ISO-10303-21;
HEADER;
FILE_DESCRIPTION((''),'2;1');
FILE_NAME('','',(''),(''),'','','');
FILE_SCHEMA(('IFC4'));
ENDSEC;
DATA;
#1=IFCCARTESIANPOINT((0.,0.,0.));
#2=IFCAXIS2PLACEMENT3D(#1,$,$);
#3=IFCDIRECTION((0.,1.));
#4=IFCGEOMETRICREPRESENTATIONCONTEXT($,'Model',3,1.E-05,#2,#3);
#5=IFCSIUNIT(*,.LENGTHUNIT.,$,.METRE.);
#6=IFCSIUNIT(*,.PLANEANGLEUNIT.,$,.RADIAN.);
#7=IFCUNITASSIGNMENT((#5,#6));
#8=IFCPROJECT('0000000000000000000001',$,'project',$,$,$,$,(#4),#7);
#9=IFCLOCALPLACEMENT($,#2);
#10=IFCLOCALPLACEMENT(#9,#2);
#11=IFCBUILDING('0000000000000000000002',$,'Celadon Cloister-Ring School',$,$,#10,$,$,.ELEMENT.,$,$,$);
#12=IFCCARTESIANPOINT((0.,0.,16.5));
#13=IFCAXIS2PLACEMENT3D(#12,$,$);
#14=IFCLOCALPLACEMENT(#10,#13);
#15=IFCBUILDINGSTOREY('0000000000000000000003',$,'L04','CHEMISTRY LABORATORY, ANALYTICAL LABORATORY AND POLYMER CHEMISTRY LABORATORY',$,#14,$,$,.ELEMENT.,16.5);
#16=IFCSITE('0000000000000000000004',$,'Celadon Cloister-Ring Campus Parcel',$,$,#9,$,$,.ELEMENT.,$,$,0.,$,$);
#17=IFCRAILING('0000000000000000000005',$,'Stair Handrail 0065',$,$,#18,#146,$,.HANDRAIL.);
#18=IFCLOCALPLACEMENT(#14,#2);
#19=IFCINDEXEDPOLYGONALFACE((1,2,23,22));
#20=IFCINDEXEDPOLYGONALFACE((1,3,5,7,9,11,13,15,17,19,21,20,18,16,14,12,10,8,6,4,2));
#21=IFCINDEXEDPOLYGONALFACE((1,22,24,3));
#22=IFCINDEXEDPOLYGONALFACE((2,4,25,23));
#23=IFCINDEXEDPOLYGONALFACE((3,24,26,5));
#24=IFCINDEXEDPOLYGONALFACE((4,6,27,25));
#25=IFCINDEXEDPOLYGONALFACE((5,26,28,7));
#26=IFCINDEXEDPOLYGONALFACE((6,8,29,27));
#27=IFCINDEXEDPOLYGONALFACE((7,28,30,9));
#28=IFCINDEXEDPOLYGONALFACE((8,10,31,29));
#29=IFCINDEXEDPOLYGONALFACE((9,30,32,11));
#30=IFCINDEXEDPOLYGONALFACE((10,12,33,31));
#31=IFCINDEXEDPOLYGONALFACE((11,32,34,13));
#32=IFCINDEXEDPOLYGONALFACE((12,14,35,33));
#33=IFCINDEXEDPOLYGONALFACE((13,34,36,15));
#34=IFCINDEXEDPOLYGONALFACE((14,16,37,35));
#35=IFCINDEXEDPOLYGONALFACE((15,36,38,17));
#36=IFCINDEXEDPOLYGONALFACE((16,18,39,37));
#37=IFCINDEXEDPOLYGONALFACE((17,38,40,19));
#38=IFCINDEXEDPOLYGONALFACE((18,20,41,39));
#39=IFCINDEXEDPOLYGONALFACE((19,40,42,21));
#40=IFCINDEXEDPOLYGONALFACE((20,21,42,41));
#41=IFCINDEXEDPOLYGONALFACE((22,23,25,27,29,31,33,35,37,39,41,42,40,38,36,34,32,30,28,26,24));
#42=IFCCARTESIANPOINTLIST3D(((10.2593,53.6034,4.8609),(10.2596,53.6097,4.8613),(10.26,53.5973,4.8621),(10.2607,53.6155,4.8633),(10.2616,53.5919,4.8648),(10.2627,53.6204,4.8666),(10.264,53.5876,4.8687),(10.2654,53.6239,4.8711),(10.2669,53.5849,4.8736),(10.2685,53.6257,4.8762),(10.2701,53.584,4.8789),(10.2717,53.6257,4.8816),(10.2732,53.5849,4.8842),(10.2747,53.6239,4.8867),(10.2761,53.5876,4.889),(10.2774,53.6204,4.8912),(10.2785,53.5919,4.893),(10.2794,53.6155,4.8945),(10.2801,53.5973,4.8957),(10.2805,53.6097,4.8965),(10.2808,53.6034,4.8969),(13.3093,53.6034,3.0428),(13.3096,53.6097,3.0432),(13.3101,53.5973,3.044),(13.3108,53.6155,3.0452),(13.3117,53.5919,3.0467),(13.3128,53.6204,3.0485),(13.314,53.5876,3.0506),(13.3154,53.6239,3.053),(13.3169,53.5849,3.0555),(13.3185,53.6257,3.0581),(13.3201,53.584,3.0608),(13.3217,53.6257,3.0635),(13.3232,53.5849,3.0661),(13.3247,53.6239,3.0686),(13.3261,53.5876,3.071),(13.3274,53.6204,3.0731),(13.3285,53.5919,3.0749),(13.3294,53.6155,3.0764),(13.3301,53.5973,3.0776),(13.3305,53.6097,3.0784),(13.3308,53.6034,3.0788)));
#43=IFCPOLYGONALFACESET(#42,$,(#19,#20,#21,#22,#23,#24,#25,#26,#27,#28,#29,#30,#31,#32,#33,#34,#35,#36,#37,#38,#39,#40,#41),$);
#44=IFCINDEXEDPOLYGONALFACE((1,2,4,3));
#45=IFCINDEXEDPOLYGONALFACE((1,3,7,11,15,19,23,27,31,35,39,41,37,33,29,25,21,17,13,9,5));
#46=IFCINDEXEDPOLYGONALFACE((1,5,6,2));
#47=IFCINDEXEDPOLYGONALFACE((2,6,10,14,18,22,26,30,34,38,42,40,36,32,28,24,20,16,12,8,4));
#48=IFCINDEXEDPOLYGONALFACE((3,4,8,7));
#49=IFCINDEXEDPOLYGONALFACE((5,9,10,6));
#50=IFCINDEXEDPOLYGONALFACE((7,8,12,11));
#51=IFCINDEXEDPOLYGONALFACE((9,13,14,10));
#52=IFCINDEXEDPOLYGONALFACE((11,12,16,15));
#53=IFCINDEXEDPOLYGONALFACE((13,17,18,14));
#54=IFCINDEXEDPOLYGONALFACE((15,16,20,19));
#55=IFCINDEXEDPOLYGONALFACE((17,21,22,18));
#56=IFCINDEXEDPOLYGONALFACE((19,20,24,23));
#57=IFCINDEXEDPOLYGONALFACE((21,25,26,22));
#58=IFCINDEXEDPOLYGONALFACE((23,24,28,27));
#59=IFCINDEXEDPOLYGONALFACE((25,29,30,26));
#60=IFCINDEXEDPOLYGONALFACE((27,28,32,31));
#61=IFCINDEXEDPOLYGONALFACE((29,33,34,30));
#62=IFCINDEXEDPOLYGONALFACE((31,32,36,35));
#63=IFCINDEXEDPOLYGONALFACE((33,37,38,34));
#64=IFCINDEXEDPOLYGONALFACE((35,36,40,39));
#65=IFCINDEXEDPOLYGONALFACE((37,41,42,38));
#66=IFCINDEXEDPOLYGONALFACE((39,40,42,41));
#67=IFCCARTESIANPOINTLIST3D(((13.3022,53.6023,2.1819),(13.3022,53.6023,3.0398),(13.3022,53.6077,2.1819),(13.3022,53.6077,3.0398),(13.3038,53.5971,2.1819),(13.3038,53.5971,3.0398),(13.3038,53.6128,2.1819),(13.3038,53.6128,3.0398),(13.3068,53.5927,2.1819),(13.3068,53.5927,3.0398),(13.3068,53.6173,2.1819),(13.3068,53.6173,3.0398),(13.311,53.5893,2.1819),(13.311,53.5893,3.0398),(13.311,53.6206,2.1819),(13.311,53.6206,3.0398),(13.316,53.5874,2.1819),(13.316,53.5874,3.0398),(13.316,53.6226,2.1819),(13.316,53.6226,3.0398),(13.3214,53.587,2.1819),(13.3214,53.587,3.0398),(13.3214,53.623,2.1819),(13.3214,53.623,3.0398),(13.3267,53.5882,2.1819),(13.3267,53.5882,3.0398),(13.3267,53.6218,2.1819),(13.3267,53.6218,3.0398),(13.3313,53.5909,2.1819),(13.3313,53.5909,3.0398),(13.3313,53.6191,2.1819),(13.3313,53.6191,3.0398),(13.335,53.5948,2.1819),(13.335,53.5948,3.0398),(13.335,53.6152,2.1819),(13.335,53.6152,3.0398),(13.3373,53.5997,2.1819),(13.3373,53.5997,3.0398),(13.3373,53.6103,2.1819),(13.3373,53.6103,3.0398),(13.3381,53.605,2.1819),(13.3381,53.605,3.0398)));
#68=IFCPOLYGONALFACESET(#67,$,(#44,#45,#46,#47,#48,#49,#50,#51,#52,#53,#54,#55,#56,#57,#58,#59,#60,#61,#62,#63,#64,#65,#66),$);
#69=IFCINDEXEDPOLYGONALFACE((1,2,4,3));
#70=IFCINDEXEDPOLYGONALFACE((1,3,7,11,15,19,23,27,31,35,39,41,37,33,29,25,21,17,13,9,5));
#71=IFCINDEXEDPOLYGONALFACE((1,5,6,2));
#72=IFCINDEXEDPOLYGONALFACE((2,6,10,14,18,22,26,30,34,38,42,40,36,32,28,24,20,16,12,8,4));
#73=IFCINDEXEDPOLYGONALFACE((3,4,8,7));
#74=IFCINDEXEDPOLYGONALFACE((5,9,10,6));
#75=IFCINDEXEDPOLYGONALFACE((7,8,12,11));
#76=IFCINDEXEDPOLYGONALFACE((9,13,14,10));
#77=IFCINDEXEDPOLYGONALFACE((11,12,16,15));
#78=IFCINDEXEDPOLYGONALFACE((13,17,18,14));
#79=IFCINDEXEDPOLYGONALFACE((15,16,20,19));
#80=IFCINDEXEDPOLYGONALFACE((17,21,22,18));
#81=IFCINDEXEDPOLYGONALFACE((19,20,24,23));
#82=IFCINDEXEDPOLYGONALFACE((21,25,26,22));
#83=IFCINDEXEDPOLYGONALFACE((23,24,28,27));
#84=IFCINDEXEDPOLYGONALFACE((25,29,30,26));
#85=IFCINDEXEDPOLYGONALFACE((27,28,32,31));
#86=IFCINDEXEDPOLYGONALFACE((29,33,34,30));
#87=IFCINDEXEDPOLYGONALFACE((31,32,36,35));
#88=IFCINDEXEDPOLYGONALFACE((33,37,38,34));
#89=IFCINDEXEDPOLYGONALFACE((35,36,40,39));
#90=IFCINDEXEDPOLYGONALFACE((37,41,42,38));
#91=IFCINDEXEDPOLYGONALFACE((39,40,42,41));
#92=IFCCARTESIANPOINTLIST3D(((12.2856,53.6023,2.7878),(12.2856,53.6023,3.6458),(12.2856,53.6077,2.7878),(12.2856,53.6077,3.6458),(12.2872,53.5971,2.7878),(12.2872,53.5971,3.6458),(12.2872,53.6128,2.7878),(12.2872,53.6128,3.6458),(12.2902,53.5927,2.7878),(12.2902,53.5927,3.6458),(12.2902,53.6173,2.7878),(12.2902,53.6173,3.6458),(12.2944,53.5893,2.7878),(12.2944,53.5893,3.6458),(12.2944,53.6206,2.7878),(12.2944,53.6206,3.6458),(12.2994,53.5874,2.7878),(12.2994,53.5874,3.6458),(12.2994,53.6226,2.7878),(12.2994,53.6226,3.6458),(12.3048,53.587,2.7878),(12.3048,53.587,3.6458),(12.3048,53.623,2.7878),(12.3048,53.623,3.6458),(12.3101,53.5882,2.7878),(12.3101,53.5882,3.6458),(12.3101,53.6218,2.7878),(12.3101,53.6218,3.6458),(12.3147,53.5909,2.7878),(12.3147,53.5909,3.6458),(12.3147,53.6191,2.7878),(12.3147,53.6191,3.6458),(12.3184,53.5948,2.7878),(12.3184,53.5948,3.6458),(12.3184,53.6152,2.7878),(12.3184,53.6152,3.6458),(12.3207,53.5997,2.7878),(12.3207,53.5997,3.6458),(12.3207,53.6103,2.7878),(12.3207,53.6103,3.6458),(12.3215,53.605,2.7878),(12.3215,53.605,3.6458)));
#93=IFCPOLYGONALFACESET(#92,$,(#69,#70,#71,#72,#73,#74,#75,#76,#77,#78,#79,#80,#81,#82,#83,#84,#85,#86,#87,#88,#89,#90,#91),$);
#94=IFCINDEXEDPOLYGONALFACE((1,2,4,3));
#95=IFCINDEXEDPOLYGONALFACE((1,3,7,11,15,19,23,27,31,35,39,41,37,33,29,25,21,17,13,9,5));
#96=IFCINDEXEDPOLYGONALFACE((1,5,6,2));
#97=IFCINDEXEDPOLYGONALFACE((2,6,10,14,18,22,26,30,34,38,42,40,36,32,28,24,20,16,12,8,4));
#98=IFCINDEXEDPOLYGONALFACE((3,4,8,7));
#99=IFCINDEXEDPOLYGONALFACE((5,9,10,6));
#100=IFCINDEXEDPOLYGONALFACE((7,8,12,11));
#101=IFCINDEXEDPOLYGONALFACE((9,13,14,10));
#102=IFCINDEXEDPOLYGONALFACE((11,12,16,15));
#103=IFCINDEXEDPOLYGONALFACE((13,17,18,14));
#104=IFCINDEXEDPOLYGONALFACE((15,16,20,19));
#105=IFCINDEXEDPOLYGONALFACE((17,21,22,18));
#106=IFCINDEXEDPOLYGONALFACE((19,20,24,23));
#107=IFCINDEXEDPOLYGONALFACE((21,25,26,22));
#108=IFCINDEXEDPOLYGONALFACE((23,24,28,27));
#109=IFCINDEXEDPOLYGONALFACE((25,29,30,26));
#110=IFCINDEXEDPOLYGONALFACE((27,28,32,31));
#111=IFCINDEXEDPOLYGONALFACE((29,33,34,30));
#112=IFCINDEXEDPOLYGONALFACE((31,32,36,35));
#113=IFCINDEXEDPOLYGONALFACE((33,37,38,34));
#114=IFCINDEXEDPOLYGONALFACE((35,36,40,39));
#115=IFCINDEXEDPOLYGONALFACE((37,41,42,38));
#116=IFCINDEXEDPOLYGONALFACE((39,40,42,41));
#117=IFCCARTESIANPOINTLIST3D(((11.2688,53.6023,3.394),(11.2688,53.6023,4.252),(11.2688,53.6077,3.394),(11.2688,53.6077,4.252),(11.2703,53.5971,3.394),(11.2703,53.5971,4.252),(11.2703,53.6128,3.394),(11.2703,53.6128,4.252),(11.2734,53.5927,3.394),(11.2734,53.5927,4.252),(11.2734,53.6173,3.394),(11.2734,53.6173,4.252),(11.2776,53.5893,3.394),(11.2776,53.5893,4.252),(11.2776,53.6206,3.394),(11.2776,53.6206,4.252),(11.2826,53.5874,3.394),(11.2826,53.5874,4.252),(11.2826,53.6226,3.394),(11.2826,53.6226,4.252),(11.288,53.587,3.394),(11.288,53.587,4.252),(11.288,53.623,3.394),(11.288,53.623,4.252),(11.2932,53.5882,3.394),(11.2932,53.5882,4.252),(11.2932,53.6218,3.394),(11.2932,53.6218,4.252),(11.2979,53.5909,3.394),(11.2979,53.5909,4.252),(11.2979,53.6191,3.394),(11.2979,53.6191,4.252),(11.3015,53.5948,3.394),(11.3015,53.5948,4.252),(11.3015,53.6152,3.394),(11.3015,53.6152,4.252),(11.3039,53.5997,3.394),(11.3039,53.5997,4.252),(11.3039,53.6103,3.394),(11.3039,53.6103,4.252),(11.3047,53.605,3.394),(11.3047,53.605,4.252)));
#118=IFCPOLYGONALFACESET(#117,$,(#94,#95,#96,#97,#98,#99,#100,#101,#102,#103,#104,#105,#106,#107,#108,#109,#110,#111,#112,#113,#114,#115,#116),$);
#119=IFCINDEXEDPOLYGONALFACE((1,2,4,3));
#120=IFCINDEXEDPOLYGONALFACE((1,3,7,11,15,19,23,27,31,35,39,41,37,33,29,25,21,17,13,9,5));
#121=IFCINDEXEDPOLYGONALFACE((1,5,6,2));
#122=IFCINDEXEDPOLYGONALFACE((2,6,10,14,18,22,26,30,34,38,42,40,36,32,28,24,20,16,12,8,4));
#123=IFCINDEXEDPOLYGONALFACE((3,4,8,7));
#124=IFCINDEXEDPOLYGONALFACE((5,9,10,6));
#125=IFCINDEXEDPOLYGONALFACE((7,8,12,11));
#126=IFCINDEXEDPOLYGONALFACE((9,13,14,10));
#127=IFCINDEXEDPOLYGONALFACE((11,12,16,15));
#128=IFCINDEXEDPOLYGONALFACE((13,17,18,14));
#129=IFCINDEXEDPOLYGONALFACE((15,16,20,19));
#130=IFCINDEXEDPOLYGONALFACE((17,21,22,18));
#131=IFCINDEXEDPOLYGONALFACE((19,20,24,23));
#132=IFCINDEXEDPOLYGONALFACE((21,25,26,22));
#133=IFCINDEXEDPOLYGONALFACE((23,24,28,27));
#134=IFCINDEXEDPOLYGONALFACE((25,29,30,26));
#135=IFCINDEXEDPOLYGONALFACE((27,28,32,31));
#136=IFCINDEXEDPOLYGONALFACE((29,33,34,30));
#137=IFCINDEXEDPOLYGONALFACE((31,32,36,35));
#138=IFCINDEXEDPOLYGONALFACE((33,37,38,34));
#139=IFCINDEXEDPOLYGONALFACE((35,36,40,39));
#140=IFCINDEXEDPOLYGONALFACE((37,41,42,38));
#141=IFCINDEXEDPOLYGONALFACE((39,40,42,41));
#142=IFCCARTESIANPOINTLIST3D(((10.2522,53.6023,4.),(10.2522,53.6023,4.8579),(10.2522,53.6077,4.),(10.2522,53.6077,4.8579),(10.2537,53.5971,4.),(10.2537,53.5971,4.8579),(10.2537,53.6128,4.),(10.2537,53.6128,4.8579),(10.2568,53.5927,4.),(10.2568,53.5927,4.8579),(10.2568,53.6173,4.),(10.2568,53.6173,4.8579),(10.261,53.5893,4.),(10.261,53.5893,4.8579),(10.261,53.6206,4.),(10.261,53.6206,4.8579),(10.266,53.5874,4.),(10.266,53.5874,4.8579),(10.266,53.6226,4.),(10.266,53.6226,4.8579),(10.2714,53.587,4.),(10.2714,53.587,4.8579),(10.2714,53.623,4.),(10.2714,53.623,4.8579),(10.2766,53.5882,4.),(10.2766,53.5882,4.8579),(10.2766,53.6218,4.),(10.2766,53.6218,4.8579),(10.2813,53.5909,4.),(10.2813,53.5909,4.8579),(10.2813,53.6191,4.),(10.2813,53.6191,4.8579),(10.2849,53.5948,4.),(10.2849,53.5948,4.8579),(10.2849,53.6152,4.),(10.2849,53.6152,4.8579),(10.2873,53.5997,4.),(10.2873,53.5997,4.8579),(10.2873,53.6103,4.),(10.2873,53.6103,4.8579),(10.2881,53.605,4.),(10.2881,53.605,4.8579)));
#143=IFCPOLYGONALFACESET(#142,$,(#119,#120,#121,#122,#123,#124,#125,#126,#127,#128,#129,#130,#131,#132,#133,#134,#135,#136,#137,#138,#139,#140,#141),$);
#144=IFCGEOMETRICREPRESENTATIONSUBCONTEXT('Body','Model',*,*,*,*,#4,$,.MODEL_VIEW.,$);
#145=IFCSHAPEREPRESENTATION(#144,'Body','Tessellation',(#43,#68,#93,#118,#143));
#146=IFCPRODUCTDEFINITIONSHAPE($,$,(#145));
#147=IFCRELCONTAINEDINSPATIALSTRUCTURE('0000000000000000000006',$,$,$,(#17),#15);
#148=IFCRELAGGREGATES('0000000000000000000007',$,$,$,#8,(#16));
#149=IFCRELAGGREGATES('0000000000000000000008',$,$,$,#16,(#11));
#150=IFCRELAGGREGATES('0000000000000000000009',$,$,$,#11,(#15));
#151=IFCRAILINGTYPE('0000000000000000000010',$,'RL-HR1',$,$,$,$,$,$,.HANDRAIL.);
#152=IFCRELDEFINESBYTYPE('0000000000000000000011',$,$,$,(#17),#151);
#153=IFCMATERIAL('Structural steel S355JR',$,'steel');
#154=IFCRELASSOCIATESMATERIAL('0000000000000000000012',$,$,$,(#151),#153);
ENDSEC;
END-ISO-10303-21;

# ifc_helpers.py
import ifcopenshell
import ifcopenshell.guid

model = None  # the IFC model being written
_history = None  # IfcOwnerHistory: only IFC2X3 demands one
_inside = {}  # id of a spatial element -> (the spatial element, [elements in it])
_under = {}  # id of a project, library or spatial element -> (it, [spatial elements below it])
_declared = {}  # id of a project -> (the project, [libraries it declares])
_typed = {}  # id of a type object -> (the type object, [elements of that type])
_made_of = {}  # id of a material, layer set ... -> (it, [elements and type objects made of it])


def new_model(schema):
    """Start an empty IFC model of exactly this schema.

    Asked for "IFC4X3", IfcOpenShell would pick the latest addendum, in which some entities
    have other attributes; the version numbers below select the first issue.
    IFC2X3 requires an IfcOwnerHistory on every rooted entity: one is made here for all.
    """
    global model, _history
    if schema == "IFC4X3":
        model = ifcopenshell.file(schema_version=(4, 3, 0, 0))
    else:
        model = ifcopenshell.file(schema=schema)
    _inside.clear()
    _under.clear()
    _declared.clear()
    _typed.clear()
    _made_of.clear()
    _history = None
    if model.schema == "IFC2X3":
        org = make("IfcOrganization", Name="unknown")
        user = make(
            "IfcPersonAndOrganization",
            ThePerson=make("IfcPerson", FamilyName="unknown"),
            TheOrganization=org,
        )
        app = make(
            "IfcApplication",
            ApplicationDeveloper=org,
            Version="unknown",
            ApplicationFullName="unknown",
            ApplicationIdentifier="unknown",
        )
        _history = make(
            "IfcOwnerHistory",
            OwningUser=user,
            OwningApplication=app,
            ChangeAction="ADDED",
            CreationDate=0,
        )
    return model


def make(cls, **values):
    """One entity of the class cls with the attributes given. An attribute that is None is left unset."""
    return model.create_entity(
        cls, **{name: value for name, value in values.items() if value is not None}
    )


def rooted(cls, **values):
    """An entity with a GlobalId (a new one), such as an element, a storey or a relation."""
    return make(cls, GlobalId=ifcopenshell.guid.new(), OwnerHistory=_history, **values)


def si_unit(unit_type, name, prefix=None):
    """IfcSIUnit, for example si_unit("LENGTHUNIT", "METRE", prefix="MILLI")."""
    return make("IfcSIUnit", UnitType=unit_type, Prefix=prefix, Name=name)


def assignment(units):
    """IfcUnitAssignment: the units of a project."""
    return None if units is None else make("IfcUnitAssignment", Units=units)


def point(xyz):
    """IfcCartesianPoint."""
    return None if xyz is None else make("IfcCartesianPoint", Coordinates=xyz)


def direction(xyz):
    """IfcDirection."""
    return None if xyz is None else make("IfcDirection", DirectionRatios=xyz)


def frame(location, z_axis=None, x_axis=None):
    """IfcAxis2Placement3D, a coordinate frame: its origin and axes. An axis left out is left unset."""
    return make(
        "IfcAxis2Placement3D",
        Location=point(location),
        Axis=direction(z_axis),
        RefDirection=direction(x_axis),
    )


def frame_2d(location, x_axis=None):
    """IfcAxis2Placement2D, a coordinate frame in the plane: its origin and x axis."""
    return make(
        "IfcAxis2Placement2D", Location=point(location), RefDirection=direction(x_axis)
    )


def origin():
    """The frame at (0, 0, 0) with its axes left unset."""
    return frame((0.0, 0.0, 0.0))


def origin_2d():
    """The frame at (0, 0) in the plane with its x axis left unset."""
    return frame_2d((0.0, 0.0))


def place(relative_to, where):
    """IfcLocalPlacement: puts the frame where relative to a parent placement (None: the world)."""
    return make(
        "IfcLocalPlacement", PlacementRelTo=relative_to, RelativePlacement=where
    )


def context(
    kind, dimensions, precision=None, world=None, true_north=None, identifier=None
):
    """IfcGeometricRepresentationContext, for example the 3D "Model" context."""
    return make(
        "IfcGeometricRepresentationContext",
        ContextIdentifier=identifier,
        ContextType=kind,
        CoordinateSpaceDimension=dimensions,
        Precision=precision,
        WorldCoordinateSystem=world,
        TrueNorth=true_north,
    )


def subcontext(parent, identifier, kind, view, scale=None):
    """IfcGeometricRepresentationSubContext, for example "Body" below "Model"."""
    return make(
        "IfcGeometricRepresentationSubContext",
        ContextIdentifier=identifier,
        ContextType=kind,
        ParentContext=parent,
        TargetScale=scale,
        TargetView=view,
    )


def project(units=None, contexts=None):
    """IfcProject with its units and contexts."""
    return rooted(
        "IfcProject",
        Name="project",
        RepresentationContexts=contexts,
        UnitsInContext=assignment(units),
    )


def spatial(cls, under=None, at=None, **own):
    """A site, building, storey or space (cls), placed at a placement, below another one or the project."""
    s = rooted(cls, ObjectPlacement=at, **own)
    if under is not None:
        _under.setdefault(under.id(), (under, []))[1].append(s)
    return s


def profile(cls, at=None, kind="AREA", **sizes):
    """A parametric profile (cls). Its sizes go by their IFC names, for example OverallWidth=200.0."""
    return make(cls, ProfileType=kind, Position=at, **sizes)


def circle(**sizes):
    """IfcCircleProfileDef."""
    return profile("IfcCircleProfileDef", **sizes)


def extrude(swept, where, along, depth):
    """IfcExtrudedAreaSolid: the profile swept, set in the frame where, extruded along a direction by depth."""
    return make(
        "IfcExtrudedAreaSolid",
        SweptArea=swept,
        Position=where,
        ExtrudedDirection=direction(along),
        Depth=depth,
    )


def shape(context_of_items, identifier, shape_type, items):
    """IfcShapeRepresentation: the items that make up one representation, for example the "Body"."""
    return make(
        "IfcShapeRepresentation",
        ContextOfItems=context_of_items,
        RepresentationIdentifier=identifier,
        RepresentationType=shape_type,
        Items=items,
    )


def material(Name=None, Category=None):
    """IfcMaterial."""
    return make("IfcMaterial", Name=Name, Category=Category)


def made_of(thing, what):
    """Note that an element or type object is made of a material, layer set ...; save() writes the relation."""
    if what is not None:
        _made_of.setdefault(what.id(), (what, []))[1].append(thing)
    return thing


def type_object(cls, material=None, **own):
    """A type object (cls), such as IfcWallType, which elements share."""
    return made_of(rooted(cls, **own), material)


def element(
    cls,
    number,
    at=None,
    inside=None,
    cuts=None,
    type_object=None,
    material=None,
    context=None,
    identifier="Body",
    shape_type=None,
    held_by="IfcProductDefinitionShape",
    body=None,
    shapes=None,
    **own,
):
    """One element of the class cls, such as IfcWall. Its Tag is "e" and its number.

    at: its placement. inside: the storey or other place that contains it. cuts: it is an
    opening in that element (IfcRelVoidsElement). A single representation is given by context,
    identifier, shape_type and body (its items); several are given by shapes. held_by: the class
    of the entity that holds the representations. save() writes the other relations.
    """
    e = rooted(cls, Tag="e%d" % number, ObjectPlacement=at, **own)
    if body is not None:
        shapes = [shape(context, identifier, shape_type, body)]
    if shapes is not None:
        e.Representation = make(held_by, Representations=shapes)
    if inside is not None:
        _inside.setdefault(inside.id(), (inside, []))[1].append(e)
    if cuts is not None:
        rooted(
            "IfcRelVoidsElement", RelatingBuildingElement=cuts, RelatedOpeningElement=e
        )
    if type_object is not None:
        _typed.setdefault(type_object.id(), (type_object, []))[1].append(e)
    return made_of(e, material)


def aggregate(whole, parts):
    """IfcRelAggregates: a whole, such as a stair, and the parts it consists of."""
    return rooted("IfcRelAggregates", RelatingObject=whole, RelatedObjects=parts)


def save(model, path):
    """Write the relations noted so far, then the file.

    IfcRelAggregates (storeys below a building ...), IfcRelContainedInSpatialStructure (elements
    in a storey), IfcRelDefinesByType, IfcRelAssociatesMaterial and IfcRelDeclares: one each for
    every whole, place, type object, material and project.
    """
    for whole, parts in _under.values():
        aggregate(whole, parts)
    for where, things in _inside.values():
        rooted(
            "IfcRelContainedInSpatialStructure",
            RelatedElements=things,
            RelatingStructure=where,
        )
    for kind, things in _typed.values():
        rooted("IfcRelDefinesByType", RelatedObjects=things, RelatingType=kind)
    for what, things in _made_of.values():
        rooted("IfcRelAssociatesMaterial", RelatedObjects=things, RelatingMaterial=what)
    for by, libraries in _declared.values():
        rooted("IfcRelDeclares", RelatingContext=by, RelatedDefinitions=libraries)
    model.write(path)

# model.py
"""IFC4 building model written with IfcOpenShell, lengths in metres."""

from ifc_helpers import new_model, si_unit, direction, frame, origin, origin_2d, place, context, subcontext, project, spatial, circle, extrude, material, type_object, element, save


model = new_model("IFC4")

# Units and contexts
model_context = context("Model", 3, precision=1e-05, world=origin(), true_north=direction((0.0, 1.0)))
body_context = subcontext(model_context, "Body", "Model", "MODEL_VIEW")
ifc_project = project(units=[si_unit("LENGTHUNIT", "METRE"), si_unit("PLANEANGLEUNIT", "RADIAN")], contexts=[model_context])

# Site, building, storey
site_placement = place(None, origin())
site = spatial("IfcSite", under=ifc_project, at=site_placement, Name="Celadon Cloister-Ring Campus Parcel", CompositionType="ELEMENT", RefElevation=0.0)
building_placement = place(site_placement, origin())
building = spatial("IfcBuilding", under=site, at=building_placement, Name="Celadon Cloister-Ring School", CompositionType="ELEMENT")
storey_placement = place(building_placement, frame((0.0, 0.0, 16.5)))
storey = spatial("IfcBuildingStorey", under=building, at=storey_placement, Name="L04", Description="CHEMISTRY LABORATORY, ANALYTICAL LABORATORY AND POLYMER CHEMISTRY LABORATORY", CompositionType="ELEMENT", Elevation=16.5)

# Railing
ifc_material_1 = material(Name="Structural steel S355JR", Category="steel")
railing_type_1 = type_object("IfcRailingType", Name="RL-HR1", PredefinedType="HANDRAIL", material=ifc_material_1)
for number, where, name in (
    (1, (13.3201, 53.605, 2.1819), "Stair Handrail 0065"),
):
    element("IfcRailing", number, at=place(storey_placement, frame(where)), inside=storey, type_object=railing_type_1, Name=name, PredefinedType="HANDRAIL", context=body_context, shape_type="SweptSolid", body=[
        extrude(circle(Radius=0.021, at=origin_2d()), frame((0.0, 0.0, 0.8789), z_axis=(-0.85897, 0.0, 0.512026), x_axis=(0.0, -1.0, 0.0)), (0.0, 0.0, 1.0), 3.5508),
        extrude(circle(Radius=0.0181, at=origin_2d()), origin(), (0.0, 0.0, 1.0), 0.8579),
        extrude(circle(Radius=0.0181, at=origin_2d()), frame((-1.0166, 0.0, 0.606)), (0.0, 0.0, 1.0), 0.8579),
        extrude(circle(Radius=0.0181, at=origin_2d()), frame((-2.0334, 0.0, 1.2122)), (0.0, 0.0, 1.0), 0.8579),
        extrude(circle(Radius=0.0181, at=origin_2d()), frame((-3.05, 0.0, 1.8181)), (0.0, 0.0, 1.0), 0.8579),
    ])

save(model, "model.ifc")
